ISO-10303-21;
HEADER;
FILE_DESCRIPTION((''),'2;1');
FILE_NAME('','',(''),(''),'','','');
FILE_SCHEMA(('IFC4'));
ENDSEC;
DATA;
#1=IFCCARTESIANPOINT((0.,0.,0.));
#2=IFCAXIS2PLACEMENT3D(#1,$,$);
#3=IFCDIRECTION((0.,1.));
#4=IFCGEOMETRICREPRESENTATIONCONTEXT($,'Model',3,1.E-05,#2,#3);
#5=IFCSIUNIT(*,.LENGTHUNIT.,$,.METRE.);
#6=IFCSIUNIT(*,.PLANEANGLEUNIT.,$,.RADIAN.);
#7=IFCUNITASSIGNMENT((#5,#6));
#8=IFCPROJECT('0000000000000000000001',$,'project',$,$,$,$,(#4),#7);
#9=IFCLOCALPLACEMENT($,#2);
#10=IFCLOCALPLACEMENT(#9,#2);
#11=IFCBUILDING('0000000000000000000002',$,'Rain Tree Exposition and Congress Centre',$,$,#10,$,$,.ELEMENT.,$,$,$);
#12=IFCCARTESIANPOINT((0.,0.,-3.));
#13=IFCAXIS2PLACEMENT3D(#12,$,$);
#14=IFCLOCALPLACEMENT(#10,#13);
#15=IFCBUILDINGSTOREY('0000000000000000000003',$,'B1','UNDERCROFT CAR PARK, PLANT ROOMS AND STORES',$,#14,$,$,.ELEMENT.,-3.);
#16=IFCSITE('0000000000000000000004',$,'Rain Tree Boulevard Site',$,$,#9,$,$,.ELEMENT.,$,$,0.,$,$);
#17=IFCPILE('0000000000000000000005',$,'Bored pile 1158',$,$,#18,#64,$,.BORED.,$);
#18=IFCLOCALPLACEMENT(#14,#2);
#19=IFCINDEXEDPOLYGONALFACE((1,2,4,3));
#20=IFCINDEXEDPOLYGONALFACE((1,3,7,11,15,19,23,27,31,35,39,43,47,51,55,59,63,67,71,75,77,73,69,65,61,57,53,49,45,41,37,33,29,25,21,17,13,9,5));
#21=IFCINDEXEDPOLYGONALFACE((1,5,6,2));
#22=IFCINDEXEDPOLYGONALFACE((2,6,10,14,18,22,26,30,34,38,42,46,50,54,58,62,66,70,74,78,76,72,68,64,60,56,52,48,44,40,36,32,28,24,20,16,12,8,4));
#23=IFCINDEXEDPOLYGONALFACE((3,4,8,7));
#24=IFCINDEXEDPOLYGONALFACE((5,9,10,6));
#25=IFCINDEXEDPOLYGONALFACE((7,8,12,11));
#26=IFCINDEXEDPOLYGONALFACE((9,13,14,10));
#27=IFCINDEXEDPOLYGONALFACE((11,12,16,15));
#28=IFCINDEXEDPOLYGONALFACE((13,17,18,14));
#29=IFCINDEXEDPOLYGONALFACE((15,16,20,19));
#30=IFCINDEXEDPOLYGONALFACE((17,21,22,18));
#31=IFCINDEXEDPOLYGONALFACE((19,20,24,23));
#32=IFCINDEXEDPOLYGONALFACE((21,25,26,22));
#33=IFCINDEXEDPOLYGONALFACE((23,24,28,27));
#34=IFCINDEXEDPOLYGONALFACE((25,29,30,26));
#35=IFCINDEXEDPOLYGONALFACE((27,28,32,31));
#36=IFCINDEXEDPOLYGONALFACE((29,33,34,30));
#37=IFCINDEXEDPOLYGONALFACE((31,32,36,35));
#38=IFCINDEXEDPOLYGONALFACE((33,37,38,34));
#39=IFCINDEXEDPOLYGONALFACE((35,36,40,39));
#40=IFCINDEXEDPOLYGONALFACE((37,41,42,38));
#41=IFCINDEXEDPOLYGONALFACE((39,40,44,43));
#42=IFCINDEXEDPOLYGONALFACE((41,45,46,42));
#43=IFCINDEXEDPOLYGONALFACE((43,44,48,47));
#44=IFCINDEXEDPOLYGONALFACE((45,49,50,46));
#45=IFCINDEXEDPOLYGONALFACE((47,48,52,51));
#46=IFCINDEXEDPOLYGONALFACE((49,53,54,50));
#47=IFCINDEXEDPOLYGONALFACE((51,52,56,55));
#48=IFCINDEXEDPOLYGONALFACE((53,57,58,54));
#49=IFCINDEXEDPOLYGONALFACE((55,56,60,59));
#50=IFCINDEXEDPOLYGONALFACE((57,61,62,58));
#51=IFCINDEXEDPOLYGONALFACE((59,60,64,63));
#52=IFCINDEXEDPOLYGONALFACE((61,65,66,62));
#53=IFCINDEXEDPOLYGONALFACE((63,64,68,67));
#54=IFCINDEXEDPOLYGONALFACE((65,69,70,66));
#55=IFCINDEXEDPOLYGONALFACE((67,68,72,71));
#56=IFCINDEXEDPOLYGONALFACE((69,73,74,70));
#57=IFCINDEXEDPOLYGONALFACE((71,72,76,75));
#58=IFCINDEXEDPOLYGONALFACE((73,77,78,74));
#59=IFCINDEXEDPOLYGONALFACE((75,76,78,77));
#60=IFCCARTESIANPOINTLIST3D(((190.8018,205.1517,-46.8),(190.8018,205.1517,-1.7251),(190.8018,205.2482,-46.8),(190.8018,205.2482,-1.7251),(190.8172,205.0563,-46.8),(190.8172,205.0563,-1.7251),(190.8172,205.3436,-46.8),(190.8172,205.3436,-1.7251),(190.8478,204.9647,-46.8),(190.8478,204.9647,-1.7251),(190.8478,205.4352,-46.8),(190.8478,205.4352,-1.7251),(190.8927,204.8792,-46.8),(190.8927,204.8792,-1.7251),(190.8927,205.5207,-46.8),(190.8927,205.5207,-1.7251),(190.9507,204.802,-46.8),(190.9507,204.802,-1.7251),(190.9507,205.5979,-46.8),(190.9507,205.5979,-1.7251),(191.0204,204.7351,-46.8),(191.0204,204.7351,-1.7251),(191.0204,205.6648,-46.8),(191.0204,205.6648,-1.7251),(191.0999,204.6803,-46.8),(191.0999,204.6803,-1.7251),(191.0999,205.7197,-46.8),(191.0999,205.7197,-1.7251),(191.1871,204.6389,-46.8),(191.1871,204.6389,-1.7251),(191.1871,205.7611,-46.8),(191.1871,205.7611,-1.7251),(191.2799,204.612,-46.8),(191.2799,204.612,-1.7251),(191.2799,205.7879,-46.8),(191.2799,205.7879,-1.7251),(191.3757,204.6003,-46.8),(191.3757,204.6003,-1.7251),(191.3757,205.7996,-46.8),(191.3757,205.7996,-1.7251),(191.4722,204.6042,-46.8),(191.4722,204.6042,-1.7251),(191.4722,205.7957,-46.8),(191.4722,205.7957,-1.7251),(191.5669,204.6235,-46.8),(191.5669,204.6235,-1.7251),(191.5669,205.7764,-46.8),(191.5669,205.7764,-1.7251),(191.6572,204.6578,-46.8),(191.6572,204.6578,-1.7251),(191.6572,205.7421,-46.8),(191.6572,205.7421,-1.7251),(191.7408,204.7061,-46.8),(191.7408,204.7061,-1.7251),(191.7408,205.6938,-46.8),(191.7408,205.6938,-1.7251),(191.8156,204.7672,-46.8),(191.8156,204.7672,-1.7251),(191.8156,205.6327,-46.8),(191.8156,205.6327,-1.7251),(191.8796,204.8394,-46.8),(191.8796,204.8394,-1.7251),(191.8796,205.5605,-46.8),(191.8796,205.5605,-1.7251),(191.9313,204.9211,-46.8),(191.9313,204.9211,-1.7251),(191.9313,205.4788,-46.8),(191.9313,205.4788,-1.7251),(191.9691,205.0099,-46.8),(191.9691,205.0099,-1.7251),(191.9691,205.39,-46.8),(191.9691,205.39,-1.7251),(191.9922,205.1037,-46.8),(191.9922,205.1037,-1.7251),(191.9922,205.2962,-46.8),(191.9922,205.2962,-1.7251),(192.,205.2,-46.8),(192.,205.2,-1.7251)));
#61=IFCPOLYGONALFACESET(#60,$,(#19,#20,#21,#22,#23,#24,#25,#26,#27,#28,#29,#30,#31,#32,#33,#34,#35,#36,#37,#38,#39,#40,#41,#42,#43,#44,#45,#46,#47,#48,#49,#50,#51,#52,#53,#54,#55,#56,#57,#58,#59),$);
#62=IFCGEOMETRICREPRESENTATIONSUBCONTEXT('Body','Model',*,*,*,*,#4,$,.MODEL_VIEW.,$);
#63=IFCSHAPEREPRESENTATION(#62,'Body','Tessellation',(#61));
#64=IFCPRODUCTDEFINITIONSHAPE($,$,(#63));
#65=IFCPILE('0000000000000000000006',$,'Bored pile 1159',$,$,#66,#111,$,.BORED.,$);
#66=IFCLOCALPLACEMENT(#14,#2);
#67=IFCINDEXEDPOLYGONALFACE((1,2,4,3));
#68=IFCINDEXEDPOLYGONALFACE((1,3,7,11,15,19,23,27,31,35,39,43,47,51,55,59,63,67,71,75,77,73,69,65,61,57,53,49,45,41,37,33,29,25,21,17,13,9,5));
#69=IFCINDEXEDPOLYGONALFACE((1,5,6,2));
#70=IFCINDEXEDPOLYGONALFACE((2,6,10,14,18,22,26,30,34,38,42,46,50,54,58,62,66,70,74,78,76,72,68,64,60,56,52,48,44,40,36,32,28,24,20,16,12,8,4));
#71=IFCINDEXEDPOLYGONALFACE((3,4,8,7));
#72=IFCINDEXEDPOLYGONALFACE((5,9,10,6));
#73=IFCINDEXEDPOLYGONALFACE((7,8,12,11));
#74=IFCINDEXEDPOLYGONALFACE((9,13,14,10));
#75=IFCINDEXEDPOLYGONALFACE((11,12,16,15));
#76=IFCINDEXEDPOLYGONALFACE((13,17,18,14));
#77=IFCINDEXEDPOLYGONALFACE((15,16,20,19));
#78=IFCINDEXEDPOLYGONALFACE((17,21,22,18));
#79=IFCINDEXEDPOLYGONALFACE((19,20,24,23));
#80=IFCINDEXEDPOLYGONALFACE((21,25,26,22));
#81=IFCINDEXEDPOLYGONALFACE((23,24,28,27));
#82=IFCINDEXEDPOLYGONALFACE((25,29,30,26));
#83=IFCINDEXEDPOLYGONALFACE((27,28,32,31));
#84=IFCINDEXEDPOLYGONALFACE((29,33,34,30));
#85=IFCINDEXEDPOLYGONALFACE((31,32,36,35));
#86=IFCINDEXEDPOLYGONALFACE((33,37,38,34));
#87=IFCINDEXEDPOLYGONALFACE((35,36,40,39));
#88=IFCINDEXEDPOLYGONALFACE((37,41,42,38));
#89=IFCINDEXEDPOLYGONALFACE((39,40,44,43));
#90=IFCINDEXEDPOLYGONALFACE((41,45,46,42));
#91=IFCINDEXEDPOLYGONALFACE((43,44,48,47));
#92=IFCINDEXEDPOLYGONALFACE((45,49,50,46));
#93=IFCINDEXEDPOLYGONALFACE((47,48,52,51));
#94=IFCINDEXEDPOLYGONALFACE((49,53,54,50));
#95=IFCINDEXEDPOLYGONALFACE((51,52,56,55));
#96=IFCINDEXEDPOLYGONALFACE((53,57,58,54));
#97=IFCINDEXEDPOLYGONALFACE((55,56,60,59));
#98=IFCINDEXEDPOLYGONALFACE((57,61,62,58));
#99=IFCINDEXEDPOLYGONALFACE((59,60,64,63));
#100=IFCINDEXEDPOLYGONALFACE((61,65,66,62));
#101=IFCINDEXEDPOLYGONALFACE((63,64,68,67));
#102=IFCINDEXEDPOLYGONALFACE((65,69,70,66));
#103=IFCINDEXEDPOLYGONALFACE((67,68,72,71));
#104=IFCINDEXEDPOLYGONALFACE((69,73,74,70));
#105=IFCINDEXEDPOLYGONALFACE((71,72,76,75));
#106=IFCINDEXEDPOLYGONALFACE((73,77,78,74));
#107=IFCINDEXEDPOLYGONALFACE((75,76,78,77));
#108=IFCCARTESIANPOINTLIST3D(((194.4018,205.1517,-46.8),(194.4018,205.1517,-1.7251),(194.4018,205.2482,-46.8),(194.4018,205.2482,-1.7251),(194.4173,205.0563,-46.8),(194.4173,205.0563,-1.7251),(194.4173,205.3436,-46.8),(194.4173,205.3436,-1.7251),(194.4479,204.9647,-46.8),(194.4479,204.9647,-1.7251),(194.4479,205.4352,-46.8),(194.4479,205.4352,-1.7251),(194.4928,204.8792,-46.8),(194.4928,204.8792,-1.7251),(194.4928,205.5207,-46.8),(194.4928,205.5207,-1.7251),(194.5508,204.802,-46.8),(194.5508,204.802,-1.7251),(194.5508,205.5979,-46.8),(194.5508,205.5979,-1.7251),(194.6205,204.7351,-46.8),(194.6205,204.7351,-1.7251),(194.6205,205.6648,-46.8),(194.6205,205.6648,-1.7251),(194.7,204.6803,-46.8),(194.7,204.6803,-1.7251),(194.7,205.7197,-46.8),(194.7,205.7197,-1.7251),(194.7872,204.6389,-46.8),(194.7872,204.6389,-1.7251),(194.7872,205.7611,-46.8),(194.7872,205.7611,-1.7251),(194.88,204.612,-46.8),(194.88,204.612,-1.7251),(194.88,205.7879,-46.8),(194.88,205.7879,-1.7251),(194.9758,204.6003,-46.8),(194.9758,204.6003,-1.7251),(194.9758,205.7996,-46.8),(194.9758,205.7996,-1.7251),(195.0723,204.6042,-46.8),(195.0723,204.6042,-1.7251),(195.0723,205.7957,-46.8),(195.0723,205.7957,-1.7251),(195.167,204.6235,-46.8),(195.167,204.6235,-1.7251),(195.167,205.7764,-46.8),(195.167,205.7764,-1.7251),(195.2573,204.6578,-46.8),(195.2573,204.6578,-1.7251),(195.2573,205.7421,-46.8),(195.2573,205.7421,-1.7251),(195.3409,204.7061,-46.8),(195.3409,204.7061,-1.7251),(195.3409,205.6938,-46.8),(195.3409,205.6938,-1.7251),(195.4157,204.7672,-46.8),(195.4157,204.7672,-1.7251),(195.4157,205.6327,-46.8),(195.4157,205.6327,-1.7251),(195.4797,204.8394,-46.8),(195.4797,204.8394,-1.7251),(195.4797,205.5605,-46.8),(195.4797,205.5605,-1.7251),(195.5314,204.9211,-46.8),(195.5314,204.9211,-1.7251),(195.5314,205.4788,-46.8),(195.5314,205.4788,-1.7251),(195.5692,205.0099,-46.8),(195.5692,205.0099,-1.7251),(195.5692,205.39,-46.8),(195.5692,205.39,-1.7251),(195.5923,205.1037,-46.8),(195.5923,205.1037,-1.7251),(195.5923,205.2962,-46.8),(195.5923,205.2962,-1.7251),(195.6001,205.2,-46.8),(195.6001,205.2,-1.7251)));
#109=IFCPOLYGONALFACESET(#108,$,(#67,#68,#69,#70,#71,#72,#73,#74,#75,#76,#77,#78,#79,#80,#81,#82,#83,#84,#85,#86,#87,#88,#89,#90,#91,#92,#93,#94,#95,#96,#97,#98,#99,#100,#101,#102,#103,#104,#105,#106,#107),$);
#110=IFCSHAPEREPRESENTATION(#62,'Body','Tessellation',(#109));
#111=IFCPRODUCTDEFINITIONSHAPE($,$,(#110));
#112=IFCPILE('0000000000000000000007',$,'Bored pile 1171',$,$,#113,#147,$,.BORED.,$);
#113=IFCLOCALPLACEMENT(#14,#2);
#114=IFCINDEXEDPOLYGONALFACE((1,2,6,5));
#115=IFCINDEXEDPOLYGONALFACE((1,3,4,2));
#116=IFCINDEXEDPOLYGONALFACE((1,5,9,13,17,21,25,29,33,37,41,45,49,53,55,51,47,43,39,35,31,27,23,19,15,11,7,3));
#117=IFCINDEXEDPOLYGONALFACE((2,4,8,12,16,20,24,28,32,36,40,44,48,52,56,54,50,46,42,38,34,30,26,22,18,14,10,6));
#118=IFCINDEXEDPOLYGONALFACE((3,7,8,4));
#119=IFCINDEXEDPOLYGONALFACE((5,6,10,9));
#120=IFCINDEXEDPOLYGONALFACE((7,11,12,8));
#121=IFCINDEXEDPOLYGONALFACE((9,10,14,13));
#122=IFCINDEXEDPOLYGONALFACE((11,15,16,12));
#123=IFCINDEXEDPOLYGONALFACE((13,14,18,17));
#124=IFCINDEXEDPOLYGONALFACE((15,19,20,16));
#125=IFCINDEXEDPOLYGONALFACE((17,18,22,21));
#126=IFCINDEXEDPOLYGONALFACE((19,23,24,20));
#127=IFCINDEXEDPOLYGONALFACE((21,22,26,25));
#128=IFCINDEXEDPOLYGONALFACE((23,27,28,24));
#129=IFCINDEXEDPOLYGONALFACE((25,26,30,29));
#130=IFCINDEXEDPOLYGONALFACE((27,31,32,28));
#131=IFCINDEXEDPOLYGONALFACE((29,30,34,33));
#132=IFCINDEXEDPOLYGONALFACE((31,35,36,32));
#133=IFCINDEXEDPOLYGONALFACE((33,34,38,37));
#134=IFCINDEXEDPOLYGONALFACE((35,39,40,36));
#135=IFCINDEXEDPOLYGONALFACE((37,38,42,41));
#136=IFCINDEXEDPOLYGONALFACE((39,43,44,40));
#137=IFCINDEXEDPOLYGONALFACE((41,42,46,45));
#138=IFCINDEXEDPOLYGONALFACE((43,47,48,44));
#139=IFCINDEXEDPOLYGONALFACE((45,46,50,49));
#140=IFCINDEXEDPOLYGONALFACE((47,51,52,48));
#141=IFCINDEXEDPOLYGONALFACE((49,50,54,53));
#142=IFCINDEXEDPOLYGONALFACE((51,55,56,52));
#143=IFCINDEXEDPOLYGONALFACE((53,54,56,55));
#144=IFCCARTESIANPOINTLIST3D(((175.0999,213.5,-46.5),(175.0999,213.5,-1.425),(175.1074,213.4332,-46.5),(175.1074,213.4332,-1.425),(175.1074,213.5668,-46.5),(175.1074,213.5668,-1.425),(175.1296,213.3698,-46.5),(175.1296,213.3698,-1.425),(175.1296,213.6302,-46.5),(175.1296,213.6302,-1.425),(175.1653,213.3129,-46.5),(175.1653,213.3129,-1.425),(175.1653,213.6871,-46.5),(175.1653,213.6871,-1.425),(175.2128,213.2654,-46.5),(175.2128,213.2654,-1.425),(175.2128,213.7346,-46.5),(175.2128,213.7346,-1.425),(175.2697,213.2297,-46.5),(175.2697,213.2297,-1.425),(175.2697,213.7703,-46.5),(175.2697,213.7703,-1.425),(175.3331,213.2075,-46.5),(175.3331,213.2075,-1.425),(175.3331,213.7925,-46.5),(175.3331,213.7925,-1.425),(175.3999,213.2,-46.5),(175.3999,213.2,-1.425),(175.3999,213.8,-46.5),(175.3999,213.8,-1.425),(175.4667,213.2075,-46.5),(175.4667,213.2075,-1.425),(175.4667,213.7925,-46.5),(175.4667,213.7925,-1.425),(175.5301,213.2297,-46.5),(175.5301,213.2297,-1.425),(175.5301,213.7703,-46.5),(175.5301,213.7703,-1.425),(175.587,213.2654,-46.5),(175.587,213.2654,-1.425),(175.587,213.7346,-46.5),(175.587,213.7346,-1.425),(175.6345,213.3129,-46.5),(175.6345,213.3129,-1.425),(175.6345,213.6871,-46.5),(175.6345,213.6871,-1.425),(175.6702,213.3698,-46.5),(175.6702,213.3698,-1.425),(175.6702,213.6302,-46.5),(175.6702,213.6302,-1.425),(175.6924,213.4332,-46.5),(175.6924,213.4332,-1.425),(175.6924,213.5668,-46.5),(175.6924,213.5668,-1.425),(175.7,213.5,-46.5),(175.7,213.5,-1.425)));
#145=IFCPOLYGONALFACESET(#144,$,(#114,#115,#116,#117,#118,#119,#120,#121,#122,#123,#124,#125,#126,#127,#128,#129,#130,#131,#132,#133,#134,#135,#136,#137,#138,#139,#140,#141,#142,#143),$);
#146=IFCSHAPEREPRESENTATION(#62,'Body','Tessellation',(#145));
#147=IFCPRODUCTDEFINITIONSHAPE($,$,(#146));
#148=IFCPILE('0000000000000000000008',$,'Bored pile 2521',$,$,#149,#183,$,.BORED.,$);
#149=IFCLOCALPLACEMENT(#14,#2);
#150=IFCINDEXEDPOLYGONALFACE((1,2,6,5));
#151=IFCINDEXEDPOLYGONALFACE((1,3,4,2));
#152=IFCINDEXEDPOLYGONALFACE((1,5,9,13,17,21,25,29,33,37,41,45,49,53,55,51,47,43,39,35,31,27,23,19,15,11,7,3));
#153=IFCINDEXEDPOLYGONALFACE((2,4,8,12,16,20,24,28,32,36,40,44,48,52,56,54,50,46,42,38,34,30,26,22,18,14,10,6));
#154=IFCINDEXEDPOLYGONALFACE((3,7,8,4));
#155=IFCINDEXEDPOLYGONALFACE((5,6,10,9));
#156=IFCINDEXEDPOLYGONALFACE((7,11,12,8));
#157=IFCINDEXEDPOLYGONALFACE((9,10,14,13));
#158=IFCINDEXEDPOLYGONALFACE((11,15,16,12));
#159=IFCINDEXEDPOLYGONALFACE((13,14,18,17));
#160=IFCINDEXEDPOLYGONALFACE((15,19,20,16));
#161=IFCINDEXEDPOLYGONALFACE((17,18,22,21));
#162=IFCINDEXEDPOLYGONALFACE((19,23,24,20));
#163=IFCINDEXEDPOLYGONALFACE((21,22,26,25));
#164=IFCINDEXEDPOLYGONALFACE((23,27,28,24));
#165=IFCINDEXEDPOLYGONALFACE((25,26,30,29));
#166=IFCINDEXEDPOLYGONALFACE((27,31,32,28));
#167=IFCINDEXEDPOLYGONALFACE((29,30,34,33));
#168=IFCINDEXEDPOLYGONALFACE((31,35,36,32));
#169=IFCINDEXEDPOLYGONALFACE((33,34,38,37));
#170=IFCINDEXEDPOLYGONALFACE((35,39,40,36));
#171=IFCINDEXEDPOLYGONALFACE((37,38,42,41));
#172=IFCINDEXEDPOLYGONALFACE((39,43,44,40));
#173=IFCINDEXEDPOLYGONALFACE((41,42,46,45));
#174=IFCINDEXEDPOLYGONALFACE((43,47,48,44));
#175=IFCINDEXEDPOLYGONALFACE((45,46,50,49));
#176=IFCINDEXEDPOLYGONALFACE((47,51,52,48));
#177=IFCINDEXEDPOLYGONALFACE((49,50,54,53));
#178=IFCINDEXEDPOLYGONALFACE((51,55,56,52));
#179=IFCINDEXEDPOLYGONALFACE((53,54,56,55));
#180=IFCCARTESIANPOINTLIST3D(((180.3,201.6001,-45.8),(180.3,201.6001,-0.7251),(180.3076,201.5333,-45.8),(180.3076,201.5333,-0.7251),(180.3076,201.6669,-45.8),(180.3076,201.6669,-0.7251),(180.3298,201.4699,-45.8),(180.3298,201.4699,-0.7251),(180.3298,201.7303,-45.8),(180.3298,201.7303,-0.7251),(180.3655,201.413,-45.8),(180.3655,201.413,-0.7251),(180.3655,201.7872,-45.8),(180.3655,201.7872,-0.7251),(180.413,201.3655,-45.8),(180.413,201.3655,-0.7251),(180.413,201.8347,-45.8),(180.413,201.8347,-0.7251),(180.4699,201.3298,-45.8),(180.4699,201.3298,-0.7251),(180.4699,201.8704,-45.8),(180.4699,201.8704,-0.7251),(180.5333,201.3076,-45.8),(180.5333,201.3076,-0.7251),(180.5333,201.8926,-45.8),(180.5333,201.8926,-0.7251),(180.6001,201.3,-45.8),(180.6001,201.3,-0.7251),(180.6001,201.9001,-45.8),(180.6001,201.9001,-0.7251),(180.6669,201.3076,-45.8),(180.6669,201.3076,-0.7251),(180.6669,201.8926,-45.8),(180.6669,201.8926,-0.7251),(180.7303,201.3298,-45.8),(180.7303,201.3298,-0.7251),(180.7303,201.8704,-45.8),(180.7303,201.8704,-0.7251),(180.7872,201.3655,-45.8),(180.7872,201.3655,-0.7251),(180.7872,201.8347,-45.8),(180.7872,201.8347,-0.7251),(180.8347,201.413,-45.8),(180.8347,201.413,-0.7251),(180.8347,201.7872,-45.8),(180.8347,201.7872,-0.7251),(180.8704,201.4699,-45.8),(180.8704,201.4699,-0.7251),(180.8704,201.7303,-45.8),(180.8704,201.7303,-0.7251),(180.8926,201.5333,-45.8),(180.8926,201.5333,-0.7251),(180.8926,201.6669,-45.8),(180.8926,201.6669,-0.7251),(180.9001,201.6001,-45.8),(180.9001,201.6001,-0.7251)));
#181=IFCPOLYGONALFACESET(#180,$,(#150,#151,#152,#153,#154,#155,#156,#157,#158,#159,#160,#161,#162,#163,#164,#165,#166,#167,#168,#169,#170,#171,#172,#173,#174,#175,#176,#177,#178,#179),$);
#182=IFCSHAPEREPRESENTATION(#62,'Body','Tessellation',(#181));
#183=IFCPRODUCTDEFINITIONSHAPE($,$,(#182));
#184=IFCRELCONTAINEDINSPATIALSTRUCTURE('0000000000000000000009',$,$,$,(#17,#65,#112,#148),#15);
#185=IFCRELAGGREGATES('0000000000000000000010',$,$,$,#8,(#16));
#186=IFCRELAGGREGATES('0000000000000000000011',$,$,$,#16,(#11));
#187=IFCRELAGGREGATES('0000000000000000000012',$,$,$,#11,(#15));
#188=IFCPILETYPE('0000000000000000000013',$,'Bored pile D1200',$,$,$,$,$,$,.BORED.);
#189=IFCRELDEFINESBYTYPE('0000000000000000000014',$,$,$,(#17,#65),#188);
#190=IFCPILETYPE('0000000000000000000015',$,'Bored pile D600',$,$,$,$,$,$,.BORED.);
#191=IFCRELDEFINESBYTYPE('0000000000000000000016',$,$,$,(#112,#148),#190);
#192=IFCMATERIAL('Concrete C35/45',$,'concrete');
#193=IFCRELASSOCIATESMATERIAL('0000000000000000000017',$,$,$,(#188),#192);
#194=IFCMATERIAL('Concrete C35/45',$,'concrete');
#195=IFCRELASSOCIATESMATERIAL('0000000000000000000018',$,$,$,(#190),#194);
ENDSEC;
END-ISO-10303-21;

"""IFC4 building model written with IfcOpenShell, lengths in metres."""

from ifc_helpers import new_model, si_unit, direction, frame, origin, origin_2d, place, context, subcontext, project, spatial, circle, extrude, material, material_profile, profile_set, type_object, element, save


model = new_model("IFC4")

# Units and contexts
model_context = context("Model", 3, precision=1e-05, world=origin(), true_north=direction((0.0, 1.0)))
body_context = subcontext(model_context, "Body", "Model", "MODEL_VIEW")
ifc_project = project(units=[si_unit("LENGTHUNIT", "METRE"), si_unit("PLANEANGLEUNIT", "RADIAN")], contexts=[model_context])

# Site, building, storey
site_placement = place(None, origin())
site = spatial("IfcSite", under=ifc_project, at=site_placement, Name="Rain Tree Boulevard Site", CompositionType="ELEMENT", RefElevation=0.0)
building_placement = place(site_placement, origin())
building = spatial("IfcBuilding", under=site, at=building_placement, Name="Rain Tree Exposition and Congress Centre", CompositionType="ELEMENT")
storey_placement = place(building_placement, frame((0.0, 0.0, -3.0)))
storey = spatial("IfcBuildingStorey", under=building, at=storey_placement, Name="B1", Description="UNDERCROFT CAR PARK, PLANT ROOMS AND STORES", CompositionType="ELEMENT", Elevation=-3.0)

# Piles
ifc_material_1 = material(Name="Concrete C35/45", Category="concrete")
ifc_material_profile_1 = material_profile(ifc_material_1, circle(Radius=0.6001, at=origin_2d()), Name="D1200")
ifc_profile_set_1 = profile_set([ifc_material_profile_1], Name="Concrete C35/45")
pile_type_1 = type_object("IfcPileType", Name="Bored pile D1200", PredefinedType="BORED", material=ifc_profile_set_1)
for number, where, z_axis, x_axis, name in (
    (1, (191.3999, 205.2, -1.7251), (0.0, 0.0, -1.0), (1.0, 0.0, 0.0), "Bored pile 1158"),
    (2, (195.0, 205.2, -1.7251), (0.0, 0.0, -1.0), (1.0, 0.0, 0.0), "Bored pile 1159"),
):
    element("IfcPile", number, at=place(storey_placement, frame(where, z_axis=z_axis, x_axis=x_axis)), inside=storey, type_object=pile_type_1, Name=name, PredefinedType="BORED", context=body_context, shape_type="SweptSolid", body=[
        extrude(circle(Radius=0.6001, at=origin_2d()), origin(), (0.0, 0.0, 1.0), 45.075),
    ])
ifc_material_2 = material(Name="Concrete C35/45", Category="concrete")
ifc_material_profile_2 = material_profile(ifc_material_2, circle(Radius=0.3, at=origin_2d()), Name="D600")
ifc_profile_set_2 = profile_set([ifc_material_profile_2], Name="Concrete C35/45")
pile_type_2 = type_object("IfcPileType", Name="Bored pile D600", PredefinedType="BORED", material=ifc_profile_set_2)
for number, where, z_axis, x_axis, name in (
    (3, (175.3999, 213.5, -1.425), (0.0, 0.0, -1.0), (1.0, 0.0, 0.0), "Bored pile 1171"),
    (4, (180.6001, 201.6001, -0.7251), (0.0, 0.0, -1.0), (1.0, 0.0, 0.0), "Bored pile 2521"),
):
    element("IfcPile", number, at=place(storey_placement, frame(where, z_axis=z_axis, x_axis=x_axis)), inside=storey, type_object=pile_type_2, Name=name, PredefinedType="BORED", context=body_context, shape_type="SweptSolid", body=[
        extrude(circle(Radius=0.3, at=origin_2d()), origin(), (0.0, 0.0, 1.0), 45.075),
    ])

save(model, "model.ifc")
